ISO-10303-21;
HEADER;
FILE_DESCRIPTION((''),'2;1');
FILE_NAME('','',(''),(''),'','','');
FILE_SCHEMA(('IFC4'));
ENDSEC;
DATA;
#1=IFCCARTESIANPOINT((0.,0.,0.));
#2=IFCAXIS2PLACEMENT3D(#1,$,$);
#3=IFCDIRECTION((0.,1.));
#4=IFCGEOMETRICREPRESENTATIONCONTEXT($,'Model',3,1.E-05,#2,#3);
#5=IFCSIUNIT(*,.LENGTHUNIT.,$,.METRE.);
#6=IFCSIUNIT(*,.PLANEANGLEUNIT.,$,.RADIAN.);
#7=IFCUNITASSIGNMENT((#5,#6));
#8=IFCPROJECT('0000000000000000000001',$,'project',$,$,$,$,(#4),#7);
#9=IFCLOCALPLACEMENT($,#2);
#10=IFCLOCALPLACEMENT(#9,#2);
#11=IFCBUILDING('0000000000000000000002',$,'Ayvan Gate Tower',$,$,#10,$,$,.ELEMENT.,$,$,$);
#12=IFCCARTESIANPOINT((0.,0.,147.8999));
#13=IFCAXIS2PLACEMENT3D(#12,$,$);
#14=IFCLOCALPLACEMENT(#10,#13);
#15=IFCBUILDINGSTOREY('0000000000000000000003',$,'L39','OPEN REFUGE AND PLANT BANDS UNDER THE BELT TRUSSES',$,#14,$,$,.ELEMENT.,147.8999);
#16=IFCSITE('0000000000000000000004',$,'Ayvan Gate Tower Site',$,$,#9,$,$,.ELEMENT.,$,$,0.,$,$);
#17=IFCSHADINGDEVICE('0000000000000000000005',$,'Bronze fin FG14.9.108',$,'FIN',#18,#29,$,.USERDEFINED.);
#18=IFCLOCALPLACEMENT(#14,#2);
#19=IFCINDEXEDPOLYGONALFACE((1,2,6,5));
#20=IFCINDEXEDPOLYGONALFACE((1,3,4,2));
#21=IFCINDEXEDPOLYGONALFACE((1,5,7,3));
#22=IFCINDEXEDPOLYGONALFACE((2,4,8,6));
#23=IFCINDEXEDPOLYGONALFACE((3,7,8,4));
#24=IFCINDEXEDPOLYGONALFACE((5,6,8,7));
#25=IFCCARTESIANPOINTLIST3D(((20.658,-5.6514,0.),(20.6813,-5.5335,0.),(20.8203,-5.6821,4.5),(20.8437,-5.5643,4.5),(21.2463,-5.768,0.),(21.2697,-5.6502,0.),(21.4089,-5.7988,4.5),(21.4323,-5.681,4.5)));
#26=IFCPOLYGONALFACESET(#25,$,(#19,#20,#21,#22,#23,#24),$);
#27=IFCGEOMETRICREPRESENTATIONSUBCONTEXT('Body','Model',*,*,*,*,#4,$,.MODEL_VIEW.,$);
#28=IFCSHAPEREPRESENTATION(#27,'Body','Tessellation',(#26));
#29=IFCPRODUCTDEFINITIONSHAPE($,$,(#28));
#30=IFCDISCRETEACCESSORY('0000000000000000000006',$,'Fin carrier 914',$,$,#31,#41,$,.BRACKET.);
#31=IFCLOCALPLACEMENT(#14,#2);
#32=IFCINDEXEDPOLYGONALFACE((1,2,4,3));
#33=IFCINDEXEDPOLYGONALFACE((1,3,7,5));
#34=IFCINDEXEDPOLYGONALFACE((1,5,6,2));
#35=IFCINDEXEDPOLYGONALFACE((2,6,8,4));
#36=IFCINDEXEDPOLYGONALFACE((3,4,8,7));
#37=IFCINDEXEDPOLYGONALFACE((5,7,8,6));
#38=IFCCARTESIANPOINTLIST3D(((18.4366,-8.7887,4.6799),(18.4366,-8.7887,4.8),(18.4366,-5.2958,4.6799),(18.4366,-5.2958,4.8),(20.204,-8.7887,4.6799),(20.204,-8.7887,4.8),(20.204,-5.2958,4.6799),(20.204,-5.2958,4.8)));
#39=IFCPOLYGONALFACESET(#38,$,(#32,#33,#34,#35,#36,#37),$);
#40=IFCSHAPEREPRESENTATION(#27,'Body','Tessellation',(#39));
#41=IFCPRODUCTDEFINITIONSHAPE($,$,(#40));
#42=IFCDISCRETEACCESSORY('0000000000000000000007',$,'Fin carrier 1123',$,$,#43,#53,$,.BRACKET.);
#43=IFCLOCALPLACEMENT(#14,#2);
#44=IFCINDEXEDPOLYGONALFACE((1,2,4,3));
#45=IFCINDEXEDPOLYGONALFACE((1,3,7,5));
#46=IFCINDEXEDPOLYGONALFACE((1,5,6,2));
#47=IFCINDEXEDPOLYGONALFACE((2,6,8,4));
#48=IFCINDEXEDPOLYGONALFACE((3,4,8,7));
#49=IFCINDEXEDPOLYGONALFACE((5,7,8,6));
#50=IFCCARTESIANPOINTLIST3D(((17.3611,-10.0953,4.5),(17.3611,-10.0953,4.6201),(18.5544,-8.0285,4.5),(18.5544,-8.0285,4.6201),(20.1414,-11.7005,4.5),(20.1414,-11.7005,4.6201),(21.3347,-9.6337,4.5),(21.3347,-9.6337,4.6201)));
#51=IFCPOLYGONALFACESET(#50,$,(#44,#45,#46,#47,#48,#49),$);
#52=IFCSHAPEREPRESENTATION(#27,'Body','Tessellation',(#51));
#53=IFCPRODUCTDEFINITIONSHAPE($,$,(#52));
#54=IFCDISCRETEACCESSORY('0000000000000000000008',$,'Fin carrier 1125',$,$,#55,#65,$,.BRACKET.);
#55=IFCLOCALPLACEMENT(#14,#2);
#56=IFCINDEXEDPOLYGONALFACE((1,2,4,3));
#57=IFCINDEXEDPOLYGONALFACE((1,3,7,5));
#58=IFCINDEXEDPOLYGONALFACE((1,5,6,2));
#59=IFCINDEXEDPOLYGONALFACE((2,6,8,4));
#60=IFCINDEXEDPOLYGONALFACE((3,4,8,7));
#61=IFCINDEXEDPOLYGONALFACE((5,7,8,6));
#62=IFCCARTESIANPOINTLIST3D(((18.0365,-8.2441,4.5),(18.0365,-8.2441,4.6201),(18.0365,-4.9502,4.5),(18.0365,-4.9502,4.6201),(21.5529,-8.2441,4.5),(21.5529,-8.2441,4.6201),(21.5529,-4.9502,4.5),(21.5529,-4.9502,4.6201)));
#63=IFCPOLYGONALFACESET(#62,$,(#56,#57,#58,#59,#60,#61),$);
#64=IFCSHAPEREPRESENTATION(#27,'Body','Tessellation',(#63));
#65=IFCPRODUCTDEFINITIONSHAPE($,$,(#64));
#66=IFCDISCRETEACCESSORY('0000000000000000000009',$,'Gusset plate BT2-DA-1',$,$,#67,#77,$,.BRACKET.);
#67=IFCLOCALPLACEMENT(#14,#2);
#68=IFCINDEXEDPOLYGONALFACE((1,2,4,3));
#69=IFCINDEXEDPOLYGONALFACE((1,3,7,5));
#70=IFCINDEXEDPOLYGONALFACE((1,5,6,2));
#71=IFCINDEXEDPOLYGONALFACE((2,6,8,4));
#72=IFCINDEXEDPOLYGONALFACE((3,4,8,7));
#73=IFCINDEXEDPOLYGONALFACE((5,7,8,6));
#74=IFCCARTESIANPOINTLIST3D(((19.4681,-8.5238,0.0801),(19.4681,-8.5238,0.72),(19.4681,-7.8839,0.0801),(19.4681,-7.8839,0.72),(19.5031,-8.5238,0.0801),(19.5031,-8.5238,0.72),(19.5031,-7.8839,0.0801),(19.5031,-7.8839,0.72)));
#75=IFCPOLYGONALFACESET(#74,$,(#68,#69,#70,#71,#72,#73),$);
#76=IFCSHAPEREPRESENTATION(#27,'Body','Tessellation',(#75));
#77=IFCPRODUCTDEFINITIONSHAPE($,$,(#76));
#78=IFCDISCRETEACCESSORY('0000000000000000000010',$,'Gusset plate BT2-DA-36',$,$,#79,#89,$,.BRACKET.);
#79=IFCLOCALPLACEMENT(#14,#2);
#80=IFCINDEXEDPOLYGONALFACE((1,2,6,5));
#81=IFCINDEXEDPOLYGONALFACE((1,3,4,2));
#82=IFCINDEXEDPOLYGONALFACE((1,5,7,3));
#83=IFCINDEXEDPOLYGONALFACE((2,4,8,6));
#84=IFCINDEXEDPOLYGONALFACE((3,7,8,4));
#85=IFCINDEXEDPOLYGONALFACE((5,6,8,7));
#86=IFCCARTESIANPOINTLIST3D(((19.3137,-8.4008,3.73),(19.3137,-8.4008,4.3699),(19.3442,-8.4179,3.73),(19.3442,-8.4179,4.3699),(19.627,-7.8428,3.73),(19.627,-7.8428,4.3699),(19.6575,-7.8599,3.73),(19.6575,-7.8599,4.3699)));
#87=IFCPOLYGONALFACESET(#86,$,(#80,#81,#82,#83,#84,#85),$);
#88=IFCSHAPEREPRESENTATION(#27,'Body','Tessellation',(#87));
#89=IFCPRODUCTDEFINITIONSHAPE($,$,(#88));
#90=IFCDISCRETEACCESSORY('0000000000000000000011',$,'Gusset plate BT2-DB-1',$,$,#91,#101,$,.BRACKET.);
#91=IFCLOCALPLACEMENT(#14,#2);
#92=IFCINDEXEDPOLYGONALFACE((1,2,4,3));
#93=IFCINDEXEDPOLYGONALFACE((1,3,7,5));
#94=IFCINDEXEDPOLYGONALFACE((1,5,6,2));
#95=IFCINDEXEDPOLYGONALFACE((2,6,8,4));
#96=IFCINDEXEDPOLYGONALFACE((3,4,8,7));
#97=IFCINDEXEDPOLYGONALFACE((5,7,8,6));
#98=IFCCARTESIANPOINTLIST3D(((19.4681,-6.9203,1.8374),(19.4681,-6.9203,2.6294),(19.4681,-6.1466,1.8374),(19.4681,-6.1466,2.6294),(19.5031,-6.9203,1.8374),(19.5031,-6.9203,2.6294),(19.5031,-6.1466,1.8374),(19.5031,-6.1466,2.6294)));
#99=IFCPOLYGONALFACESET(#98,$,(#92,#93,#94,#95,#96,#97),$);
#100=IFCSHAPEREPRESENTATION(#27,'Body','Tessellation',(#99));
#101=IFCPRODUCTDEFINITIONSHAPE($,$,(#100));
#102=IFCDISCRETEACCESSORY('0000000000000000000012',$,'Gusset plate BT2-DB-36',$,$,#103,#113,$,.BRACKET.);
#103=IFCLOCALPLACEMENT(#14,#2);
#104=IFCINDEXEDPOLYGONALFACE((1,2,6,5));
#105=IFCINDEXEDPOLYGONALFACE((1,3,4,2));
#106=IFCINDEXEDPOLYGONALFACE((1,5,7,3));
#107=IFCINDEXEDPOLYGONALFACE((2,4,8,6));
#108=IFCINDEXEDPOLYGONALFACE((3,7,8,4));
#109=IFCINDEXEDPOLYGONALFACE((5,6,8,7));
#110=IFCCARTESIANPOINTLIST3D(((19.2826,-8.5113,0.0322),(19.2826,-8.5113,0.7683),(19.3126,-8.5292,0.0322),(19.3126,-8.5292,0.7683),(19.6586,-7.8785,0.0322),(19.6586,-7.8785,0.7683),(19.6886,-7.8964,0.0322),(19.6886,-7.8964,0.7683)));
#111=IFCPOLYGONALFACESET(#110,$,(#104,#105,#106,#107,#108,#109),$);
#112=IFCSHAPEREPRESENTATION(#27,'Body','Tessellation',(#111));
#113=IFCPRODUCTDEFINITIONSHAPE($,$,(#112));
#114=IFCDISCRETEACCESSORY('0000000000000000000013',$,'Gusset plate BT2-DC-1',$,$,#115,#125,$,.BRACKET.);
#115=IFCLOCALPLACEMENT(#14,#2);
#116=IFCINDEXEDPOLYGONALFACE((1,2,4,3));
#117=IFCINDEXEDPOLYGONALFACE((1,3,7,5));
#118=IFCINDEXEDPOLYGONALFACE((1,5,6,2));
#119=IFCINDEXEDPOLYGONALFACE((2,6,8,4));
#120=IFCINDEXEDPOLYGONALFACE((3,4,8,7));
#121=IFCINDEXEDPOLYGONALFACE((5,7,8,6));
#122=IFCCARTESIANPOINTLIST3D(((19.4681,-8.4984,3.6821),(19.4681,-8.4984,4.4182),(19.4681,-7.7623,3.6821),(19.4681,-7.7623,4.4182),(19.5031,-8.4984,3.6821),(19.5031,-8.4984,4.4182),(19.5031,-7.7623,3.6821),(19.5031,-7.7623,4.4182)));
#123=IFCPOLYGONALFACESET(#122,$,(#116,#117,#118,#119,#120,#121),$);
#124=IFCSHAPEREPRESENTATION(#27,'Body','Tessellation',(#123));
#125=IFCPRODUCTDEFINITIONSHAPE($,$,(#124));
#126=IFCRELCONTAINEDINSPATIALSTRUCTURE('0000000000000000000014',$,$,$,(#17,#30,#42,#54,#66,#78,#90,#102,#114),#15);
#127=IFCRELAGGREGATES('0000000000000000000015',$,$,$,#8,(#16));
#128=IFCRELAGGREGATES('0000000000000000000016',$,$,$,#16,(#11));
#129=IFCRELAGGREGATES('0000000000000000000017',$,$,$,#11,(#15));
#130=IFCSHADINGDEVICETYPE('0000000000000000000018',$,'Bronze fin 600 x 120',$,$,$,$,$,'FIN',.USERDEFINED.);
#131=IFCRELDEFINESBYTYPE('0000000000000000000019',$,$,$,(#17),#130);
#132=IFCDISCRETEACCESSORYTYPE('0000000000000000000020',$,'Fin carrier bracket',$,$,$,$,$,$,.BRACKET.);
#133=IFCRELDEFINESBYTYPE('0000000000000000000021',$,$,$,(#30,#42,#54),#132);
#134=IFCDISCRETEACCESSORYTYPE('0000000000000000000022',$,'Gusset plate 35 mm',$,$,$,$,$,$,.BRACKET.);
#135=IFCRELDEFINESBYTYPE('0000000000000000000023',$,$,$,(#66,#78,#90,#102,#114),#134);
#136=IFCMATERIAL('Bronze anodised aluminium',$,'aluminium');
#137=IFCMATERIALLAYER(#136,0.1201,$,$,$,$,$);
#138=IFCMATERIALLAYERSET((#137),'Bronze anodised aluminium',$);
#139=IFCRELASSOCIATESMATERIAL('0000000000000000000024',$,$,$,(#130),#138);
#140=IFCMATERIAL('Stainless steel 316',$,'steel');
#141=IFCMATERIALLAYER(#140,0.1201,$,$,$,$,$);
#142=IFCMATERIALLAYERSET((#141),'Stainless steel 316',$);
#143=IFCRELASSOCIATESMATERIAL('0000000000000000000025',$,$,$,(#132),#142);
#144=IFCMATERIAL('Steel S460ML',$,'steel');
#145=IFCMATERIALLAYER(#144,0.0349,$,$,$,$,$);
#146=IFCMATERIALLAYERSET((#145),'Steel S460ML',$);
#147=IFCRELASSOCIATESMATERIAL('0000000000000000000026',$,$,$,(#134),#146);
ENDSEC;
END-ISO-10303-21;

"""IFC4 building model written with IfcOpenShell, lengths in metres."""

from ifc_helpers import new_model, si_unit, direction, frame, origin, origin_2d, place, context, subcontext, project, spatial, polyline, rectangle, outline, extrude, material, layer, layer_set, type_object, element, save


model = new_model("IFC4")

# Units and contexts
model_context = context("Model", 3, precision=1e-05, world=origin(), true_north=direction((0.0, 1.0)))
body_context = subcontext(model_context, "Body", "Model", "MODEL_VIEW")
ifc_project = project(units=[si_unit("LENGTHUNIT", "METRE"), si_unit("PLANEANGLEUNIT", "RADIAN")], contexts=[model_context])

# Site, building, storey
site_placement = place(None, origin())
site = spatial("IfcSite", under=ifc_project, at=site_placement, Name="Ayvan Gate Tower Site", CompositionType="ELEMENT", RefElevation=0.0)
building_placement = place(site_placement, origin())
building = spatial("IfcBuilding", under=site, at=building_placement, Name="Ayvan Gate Tower", CompositionType="ELEMENT")
storey_placement = place(building_placement, frame((0.0, 0.0, 147.8999)))
storey = spatial("IfcBuildingStorey", under=building, at=storey_placement, Name="L39", Description="OPEN REFUGE AND PLANT BANDS UNDER THE BELT TRUSSES", CompositionType="ELEMENT", Elevation=147.8999)

# Shared definitions
ifc_material_1 = material(Name="Steel S460ML", Category="steel")

# Shading device
ifc_material_2 = material(Name="Bronze anodised aluminium", Category="aluminium")
ifc_layer_1 = layer(ifc_material_2, 0.1201)
ifc_layer_set_1 = layer_set([ifc_layer_1], Name="Bronze anodised aluminium")
shading_device_type = type_object("IfcShadingDeviceType", Name="Bronze fin 600 x 120", ElementType="FIN", PredefinedType="USERDEFINED", material=ifc_layer_set_1)
shading_device_1_placement = place(storey_placement, frame((20.658, -5.6514, 0.0), z_axis=(-0.194512, -0.9809, 0.000318), x_axis=(0.9809, -0.194512, 0.0)))
element("IfcShadingDevice", 1, at=shading_device_1_placement, inside=storey, type_object=shading_device_type, Name="Bronze fin FG14.9.108", ObjectType="FIN", PredefinedType="USERDEFINED", context=body_context, shape_type="SweptSolid", body=[
    extrude(outline(polyline([(0.0, 0.0), (0.5998, 0.0), (0.7653, 4.5), (0.1652, 4.5), (0.0, 0.0)])), origin(), (0.0, 0.0, -1.0), 0.1201),
])

# Discrete accessories
ifc_material_3 = material(Name="Stainless steel 316", Category="steel")
ifc_layer_2 = layer(ifc_material_3, 0.1201)
ifc_layer_set_2 = layer_set([ifc_layer_2], Name="Stainless steel 316")
discrete_accessory_type_1 = type_object("IfcDiscreteAccessoryType", Name="Fin carrier bracket", PredefinedType="BRACKET", material=ifc_layer_set_2)
discrete_accessory_1_placement = place(storey_placement, frame((19.3203, -7.0422, 4.6799), z_axis=(0.0, 0.0, 1.0), x_axis=(0.0, 1.0, 0.0)))
element("IfcDiscreteAccessory", 2, at=discrete_accessory_1_placement, inside=storey, type_object=discrete_accessory_type_1, Name="Fin carrier 914", PredefinedType="BRACKET", context=body_context, shape_type="SweptSolid", body=[
    extrude(rectangle(XDim=3.4929, YDim=1.7673, at=origin_2d()), origin(), (0.0, 0.0, 1.0), 0.1201),
])
discrete_accessory_2_placement = place(storey_placement, frame((19.3479, -9.8645, 4.5), z_axis=(0.0, 0.0, 1.0), x_axis=(0.5, 0.866025, 0.0)))
element("IfcDiscreteAccessory", 3, at=discrete_accessory_2_placement, inside=storey, type_object=discrete_accessory_type_1, Name="Fin carrier 1123", PredefinedType="BRACKET", context=body_context, shape_type="SweptSolid", body=[
    extrude(rectangle(XDim=2.3865, YDim=3.2104, at=origin_2d()), origin(), (0.0, 0.0, 1.0), 0.1201),
])
discrete_accessory_3_placement = place(storey_placement, frame((19.7947, -6.5972, 4.5), z_axis=(0.0, 0.0, 1.0), x_axis=(0.0, 1.0, 0.0)))
element("IfcDiscreteAccessory", 4, at=discrete_accessory_3_placement, inside=storey, type_object=discrete_accessory_type_1, Name="Fin carrier 1125", PredefinedType="BRACKET", context=body_context, shape_type="SweptSolid", body=[
    extrude(rectangle(XDim=3.2939, YDim=3.5164, at=origin_2d()), origin(), (0.0, 0.0, 1.0), 0.1201),
])
ifc_layer_3 = layer(ifc_material_1, 0.0349)
ifc_layer_set_3 = layer_set([ifc_layer_3], Name="Steel S460ML")
discrete_accessory_type_2 = type_object("IfcDiscreteAccessoryType", Name="Gusset plate 35 mm", PredefinedType="BRACKET", material=ifc_layer_set_3)
for number, where, z_axis, x_axis, name in (
    (5, (19.4856, -8.2039, 0.0801), (0.0, 0.0, 1.0), (0.0, 1.0, 0.0), "Gusset plate BT2-DA-1"),
    (6, (19.4856, -8.1304, 3.73), (0.0, 0.0, 1.0), (0.489567, 0.871966, 0.0), "Gusset plate BT2-DA-36"),
):
    element("IfcDiscreteAccessory", number, at=place(storey_placement, frame(where, z_axis=z_axis, x_axis=x_axis)), inside=storey, type_object=discrete_accessory_type_2, Name=name, PredefinedType="BRACKET", context=body_context, shape_type="SweptSolid", body=[
        extrude(rectangle(XDim=0.6399, YDim=0.0349, at=origin_2d()), origin(), (0.0, 0.0, 1.0), 0.6399),
    ])
discrete_accessory_4_placement = place(storey_placement, frame((19.4856, -6.5334, 1.8374), z_axis=(0.0, 0.0, 1.0), x_axis=(0.0, 1.0, 0.0)))
element("IfcDiscreteAccessory", 7, at=discrete_accessory_4_placement, inside=storey, type_object=discrete_accessory_type_2, Name="Gusset plate BT2-DB-1", PredefinedType="BRACKET", context=body_context, shape_type="SweptSolid", body=[
    extrude(rectangle(XDim=0.7737, YDim=0.0349, at=origin_2d()), origin(), (0.0, 0.0, 1.0), 0.792),
])
for number, where, z_axis, x_axis, name in (
    (8, (19.4856, -8.2039, 0.0322), (0.0, 0.0, 1.0), (0.510809, 0.859695, 0.0), "Gusset plate BT2-DB-36"),
    (9, (19.4856, -8.1304, 3.6821), (0.0, 0.0, 1.0), (0.0, 1.0, 0.0), "Gusset plate BT2-DC-1"),
):
    element("IfcDiscreteAccessory", number, at=place(storey_placement, frame(where, z_axis=z_axis, x_axis=x_axis)), inside=storey, type_object=discrete_accessory_type_2, Name=name, PredefinedType="BRACKET", context=body_context, shape_type="SweptSolid", body=[
        extrude(rectangle(XDim=0.7361, YDim=0.0349, at=origin_2d()), origin(), (0.0, 0.0, 1.0), 0.7361),
    ])

save(model, "model.ifc")
